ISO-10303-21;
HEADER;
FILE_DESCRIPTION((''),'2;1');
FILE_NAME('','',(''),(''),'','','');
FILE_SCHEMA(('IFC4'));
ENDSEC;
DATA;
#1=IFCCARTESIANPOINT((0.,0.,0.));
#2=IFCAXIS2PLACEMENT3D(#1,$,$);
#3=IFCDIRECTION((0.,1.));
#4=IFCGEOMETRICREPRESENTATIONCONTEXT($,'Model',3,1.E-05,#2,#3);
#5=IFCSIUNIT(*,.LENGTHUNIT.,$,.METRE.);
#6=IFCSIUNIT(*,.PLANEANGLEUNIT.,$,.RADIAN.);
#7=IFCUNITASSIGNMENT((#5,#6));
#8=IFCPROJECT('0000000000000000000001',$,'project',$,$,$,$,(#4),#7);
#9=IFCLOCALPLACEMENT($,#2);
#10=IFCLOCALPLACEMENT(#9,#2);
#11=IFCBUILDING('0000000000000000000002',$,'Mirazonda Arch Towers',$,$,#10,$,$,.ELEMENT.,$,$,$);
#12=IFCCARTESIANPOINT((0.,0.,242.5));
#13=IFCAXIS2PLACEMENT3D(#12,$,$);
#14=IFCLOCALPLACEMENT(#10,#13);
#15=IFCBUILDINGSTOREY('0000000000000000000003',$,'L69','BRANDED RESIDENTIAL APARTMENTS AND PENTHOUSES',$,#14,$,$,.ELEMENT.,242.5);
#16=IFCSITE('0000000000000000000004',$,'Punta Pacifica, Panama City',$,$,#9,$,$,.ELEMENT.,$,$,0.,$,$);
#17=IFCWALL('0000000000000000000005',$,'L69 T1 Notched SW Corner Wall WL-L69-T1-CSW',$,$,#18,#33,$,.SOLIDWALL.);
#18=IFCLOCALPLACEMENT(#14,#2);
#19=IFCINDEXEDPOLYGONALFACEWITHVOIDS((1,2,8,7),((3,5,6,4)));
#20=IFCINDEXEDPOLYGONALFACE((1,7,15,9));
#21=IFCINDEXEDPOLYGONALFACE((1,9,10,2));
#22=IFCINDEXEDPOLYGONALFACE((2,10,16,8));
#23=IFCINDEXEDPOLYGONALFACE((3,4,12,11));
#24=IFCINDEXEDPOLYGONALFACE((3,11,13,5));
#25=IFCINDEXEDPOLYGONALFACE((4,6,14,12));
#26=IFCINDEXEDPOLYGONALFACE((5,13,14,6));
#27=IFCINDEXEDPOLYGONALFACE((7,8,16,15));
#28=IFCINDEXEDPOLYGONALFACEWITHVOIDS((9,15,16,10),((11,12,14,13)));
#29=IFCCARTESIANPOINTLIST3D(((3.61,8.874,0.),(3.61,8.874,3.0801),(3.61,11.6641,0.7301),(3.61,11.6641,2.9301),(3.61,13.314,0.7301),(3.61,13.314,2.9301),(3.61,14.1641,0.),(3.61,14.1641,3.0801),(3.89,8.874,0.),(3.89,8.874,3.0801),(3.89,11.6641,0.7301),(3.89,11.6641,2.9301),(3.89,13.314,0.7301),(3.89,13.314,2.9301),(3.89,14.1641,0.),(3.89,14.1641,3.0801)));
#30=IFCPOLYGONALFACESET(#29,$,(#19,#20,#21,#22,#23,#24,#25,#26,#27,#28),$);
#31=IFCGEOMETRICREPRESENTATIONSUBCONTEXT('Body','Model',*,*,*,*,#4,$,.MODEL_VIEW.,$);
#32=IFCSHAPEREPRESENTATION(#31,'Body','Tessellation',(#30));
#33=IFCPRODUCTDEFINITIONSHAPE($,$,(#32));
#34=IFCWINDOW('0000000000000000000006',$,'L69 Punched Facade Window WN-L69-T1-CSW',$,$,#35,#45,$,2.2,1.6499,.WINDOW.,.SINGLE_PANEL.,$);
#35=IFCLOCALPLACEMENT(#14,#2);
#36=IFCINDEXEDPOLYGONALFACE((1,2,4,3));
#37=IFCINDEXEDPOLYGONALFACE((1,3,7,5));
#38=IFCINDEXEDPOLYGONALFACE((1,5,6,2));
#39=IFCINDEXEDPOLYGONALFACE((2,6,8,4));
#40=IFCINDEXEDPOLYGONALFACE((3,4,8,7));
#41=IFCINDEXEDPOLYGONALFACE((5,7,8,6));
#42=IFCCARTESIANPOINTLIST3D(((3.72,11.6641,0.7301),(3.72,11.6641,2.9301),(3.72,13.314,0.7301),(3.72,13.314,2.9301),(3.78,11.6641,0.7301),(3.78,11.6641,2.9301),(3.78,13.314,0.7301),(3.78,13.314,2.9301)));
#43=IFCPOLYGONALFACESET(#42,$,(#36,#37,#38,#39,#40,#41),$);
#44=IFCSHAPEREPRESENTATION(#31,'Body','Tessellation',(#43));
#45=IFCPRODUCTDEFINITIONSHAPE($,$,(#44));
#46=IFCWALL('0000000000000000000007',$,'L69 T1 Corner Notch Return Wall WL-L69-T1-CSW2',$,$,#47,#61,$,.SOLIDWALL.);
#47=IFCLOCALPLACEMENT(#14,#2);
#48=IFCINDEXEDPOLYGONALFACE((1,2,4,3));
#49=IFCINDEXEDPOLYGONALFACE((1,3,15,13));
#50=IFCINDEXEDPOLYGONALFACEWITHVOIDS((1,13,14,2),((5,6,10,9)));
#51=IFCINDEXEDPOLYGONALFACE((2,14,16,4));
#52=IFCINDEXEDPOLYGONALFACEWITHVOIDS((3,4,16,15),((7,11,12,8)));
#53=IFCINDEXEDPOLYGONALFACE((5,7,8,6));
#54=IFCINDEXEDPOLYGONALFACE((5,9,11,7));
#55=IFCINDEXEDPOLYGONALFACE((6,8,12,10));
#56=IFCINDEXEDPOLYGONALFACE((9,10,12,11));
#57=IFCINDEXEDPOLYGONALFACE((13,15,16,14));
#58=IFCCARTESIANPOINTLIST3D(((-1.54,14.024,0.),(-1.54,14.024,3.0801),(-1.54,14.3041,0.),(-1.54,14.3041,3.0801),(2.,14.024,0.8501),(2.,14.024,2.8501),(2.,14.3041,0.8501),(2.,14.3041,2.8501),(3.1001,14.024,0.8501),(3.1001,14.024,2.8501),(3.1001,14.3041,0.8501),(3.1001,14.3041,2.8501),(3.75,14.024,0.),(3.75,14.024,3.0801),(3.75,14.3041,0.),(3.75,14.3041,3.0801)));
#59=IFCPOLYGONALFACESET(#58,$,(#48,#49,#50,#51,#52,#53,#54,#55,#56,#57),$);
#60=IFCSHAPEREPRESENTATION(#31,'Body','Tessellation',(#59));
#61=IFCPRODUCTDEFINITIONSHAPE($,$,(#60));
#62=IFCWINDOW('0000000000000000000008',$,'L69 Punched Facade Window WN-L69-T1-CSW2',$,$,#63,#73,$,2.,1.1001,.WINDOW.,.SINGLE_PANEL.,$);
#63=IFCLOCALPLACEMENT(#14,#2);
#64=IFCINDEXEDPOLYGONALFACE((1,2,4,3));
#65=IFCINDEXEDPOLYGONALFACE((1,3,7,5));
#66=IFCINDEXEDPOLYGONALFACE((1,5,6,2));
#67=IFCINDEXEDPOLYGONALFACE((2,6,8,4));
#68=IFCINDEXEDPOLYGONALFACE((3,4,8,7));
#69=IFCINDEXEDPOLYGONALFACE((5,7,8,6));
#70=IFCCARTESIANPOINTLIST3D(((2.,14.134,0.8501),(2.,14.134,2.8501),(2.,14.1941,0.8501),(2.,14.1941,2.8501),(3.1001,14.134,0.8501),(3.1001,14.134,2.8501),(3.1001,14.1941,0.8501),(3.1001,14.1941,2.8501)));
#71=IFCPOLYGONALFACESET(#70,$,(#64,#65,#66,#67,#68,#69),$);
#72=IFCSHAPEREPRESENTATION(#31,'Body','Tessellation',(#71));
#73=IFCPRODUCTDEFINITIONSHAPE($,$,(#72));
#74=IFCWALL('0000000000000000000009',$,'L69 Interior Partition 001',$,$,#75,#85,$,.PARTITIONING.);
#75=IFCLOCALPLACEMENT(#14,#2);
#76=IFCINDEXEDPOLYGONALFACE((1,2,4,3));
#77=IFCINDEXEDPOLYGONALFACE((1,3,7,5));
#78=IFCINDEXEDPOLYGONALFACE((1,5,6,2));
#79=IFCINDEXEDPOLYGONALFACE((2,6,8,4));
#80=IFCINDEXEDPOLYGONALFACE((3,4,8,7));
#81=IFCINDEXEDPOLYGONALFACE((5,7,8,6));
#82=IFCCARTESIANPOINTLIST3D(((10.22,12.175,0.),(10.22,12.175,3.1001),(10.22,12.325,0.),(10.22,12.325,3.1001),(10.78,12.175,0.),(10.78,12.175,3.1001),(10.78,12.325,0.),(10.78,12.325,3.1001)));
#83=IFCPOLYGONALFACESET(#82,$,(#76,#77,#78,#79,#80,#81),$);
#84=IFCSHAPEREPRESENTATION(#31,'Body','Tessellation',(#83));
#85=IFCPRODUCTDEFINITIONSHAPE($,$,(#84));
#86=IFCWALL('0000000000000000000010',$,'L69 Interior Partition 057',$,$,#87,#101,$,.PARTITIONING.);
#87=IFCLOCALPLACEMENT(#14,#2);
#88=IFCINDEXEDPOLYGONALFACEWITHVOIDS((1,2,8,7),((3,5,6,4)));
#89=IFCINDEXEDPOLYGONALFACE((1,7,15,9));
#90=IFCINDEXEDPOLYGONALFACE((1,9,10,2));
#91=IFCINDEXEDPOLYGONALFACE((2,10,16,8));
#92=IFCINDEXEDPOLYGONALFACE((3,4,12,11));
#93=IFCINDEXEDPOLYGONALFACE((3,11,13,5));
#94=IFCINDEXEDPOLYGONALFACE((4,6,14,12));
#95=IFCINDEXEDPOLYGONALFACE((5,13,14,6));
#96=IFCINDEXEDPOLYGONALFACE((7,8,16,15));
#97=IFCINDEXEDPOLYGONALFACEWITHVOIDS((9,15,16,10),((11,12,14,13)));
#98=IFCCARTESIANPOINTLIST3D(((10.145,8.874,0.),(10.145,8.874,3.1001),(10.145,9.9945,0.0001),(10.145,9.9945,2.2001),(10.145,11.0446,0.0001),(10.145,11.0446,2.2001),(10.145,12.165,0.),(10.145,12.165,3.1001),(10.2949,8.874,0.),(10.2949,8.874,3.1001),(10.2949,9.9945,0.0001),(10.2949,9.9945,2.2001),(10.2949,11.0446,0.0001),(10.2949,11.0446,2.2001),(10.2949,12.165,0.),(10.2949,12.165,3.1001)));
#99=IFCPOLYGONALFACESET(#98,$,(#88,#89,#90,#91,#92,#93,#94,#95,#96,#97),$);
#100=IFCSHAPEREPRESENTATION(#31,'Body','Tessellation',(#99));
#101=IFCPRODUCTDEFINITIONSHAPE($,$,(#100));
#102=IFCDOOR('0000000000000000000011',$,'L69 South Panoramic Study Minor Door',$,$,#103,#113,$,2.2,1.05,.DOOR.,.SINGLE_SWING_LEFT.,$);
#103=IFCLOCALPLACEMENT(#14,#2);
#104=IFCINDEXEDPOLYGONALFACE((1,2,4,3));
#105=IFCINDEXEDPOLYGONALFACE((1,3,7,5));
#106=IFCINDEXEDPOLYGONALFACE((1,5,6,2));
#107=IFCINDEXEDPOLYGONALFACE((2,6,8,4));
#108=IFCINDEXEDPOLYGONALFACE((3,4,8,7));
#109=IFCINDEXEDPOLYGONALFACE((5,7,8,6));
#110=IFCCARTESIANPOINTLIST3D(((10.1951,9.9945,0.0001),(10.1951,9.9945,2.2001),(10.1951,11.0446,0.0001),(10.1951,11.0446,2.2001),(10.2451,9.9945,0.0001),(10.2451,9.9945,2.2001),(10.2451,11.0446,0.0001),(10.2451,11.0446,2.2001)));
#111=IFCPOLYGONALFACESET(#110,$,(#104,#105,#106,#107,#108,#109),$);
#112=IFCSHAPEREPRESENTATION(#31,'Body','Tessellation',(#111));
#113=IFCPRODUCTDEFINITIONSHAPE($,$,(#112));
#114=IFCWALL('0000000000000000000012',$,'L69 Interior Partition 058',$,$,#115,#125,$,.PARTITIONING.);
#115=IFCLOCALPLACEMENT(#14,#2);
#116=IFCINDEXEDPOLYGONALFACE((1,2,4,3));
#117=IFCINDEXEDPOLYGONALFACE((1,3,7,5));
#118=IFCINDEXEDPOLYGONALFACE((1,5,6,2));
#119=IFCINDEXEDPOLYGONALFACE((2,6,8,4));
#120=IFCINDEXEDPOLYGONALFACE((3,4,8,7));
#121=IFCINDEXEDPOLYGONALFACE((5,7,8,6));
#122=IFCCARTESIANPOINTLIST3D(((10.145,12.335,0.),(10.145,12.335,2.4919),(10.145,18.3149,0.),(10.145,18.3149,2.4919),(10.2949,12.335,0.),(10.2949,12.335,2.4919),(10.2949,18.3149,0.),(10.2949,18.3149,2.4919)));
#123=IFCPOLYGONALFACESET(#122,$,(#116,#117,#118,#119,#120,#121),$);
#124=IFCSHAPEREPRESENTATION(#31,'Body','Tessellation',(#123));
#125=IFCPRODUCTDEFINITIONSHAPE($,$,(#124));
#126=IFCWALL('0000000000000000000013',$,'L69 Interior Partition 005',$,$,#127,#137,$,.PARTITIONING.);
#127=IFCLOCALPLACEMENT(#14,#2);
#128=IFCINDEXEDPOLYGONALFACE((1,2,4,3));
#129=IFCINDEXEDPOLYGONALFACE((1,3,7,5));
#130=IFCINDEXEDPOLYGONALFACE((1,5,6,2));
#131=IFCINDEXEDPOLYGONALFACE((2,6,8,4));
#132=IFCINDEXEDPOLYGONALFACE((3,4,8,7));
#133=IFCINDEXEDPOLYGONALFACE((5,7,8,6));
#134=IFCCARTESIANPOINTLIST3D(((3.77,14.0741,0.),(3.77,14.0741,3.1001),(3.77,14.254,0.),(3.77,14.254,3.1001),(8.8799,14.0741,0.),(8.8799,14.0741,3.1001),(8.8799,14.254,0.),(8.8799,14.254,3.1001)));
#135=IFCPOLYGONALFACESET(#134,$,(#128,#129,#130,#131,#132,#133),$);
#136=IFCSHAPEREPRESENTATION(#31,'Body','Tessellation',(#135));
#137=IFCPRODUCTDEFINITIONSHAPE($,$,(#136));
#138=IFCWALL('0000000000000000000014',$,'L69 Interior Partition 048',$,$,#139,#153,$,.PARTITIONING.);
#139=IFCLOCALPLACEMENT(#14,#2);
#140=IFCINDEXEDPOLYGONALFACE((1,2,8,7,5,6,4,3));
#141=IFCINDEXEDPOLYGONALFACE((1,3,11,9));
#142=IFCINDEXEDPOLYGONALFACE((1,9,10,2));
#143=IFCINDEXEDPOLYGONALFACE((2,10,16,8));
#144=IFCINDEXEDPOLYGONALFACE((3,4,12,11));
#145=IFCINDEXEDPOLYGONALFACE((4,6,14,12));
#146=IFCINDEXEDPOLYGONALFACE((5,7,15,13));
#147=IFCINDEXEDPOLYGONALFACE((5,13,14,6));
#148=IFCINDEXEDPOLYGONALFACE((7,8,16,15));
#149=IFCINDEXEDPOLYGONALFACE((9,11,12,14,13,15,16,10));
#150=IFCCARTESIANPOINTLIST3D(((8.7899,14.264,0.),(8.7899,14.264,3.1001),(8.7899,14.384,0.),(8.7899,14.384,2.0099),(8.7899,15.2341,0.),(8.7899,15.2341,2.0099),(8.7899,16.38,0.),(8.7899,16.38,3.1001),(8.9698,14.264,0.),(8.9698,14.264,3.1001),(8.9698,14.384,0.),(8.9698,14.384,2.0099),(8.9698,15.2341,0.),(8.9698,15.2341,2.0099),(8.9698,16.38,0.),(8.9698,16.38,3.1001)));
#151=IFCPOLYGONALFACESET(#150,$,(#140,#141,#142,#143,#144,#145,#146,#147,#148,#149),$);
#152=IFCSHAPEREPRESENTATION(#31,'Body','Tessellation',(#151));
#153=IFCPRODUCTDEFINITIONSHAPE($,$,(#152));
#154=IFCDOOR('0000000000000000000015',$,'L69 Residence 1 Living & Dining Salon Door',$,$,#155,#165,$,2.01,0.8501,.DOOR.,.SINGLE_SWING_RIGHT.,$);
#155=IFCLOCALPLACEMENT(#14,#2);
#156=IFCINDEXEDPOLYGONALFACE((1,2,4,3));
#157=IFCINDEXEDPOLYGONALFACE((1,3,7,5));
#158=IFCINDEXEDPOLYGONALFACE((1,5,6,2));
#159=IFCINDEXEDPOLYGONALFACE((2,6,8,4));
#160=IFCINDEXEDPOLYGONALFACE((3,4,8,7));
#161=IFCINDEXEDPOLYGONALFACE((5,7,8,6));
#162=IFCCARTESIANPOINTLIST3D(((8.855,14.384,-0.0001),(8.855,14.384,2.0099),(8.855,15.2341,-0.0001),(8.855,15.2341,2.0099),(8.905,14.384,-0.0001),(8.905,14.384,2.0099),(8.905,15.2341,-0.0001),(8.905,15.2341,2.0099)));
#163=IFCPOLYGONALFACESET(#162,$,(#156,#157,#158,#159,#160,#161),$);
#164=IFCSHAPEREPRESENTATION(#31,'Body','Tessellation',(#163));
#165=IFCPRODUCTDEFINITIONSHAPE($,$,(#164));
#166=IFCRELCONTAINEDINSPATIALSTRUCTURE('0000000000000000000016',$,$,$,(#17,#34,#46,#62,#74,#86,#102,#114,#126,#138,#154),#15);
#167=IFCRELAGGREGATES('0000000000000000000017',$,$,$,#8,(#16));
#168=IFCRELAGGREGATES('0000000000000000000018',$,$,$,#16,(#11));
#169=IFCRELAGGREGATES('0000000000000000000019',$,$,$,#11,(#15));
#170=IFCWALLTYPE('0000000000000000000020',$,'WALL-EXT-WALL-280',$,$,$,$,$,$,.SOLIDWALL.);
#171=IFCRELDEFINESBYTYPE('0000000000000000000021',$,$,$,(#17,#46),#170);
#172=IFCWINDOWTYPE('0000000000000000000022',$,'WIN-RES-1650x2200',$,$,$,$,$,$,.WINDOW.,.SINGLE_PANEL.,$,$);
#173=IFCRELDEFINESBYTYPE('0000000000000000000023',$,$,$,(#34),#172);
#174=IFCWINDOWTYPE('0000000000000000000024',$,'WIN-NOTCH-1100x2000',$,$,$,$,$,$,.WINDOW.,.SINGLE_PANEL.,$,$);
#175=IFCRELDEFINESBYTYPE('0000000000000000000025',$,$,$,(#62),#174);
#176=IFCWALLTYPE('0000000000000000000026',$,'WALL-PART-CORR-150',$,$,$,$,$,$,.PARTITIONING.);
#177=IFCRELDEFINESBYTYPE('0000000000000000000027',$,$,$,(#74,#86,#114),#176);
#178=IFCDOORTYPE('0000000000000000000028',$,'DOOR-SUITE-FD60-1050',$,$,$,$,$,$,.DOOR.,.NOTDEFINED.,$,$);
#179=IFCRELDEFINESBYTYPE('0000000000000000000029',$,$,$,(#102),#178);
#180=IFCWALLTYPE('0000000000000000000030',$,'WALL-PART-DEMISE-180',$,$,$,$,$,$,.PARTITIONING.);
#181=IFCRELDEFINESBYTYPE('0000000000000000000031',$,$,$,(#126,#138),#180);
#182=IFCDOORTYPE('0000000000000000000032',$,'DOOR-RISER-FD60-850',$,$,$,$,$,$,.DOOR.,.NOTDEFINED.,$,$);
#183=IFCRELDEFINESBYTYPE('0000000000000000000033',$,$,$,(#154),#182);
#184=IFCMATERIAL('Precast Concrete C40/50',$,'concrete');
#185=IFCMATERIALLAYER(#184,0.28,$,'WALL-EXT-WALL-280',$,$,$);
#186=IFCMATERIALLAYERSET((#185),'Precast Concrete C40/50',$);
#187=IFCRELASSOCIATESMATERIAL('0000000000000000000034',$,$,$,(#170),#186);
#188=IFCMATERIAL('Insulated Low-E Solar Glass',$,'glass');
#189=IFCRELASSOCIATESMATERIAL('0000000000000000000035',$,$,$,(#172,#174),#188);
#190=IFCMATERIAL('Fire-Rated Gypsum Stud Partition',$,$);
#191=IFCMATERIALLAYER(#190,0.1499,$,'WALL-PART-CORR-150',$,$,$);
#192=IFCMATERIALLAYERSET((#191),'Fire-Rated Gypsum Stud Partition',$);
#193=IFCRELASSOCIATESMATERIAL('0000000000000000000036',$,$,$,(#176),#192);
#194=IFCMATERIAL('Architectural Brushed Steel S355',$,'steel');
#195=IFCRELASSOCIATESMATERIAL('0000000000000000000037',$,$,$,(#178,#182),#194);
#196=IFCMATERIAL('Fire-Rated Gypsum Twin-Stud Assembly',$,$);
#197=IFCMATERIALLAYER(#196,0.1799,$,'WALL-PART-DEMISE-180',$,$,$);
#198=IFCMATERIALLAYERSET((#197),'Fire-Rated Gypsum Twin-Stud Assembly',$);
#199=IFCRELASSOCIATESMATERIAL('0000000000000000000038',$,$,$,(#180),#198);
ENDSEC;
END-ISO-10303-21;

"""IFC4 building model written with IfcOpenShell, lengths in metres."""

from ifc_helpers import new_model, si_unit, direction, frame, frame_2d, origin, place, context, subcontext, project, spatial, rectangle, extrude, material, layer, layer_set, type_object, element, fill, save


model = new_model("IFC4")

# Units and contexts
model_context = context("Model", 3, precision=1e-05, world=origin(), true_north=direction((0.0, 1.0)))
body_context = subcontext(model_context, "Body", "Model", "MODEL_VIEW")
ifc_project = project(units=[si_unit("LENGTHUNIT", "METRE"), si_unit("PLANEANGLEUNIT", "RADIAN")], contexts=[model_context])

# Site, building, storey
site_placement = place(None, origin())
site = spatial("IfcSite", under=ifc_project, at=site_placement, Name="Punta Pacifica, Panama City", CompositionType="ELEMENT", RefElevation=0.0)
building_placement = place(site_placement, origin())
building = spatial("IfcBuilding", under=site, at=building_placement, Name="Mirazonda Arch Towers", CompositionType="ELEMENT")
storey_placement = place(building_placement, frame((0.0, 0.0, 242.5)))
storey = spatial("IfcBuildingStorey", under=building, at=storey_placement, Name="L69", Description="BRANDED RESIDENTIAL APARTMENTS AND PENTHOUSES", CompositionType="ELEMENT", Elevation=242.5)

# Shared definitions
ifc_material_1 = material(Name="Insulated Low-E Solar Glass", Category="glass")

# Walls, openings, windows
ifc_material_2 = material(Name="Precast Concrete C40/50", Category="concrete")
ifc_layer_1 = layer(ifc_material_2, 0.28, Name="WALL-EXT-WALL-280")
ifc_layer_set_1 = layer_set([ifc_layer_1], Name="Precast Concrete C40/50")
wall_type_1 = type_object("IfcWallType", Name="WALL-EXT-WALL-280", PredefinedType="SOLIDWALL", material=ifc_layer_set_1)
wall_1_placement = place(storey_placement, frame((3.75, 14.1641, 0.0), z_axis=(0.0, 0.0, 1.0), x_axis=(0.0, -1.0, 0.0)))
wall_1 = element("IfcWall", 1, at=wall_1_placement, inside=storey, type_object=wall_type_1, Name="L69 T1 Notched SW Corner Wall WL-L69-T1-CSW", PredefinedType="SOLIDWALL", context=body_context, shape_type="SweptSolid", body=[
    extrude(rectangle(XDim=5.29, YDim=0.28, at=frame_2d((2.645, 0.0))), origin(), (0.0, 0.0, 1.0), 3.0801),
])
opening_1_placement = place(wall_1_placement, frame((0.8501, 0.0, 0.73)))
opening_1 = element("IfcOpeningElement", 2, at=opening_1_placement, cuts=wall_1, PredefinedType="OPENING", context=body_context, shape_type="SweptSolid", body=[
    extrude(rectangle(XDim=1.6499, YDim=2.2, at=frame_2d((0.825, 1.1001))), frame((0.0, 0.1499, 0.0), z_axis=(0.0, -1.0, 0.0), x_axis=(1.0, 0.0, 0.0)), (0.0, 0.0, 1.0), 0.3),
])
window_type_1 = type_object("IfcWindowType", Name="WIN-RES-1650x2200", PartitioningType="SINGLE_PANEL", PredefinedType="WINDOW", material=ifc_material_1)
window_1_placement = place(opening_1_placement, origin())
window_1 = element("IfcWindow", 3, at=window_1_placement, inside=storey, type_object=window_type_1, Name="L69 Punched Facade Window WN-L69-T1-CSW", OverallHeight=2.2, OverallWidth=1.6499, PartitioningType="SINGLE_PANEL", PredefinedType="WINDOW", context=body_context, shape_type="SweptSolid", body=[
    extrude(rectangle(XDim=1.6499, YDim=2.2, at=frame_2d((0.825, 1.1001))), frame((0.0, 0.03, 0.0), z_axis=(0.0, -1.0, 0.0), x_axis=(1.0, 0.0, 0.0)), (0.0, 0.0, 1.0), 0.0601),
])
fill(opening_1, window_1)
wall_2_placement = place(storey_placement, frame((-1.54, 14.1641, 0.0), z_axis=(0.0, 0.0, 1.0), x_axis=(1.0, 0.0, 0.0)))
wall_2 = element("IfcWall", 4, at=wall_2_placement, inside=storey, type_object=wall_type_1, Name="L69 T1 Corner Notch Return Wall WL-L69-T1-CSW2", PredefinedType="SOLIDWALL", context=body_context, shape_type="SweptSolid", body=[
    extrude(rectangle(XDim=5.29, YDim=0.28, at=frame_2d((2.645, 0.0))), origin(), (0.0, 0.0, 1.0), 3.0801),
])
opening_2_placement = place(wall_2_placement, frame((3.54, 0.0, 0.8501)))
opening_2 = element("IfcOpeningElement", 5, at=opening_2_placement, cuts=wall_2, PredefinedType="OPENING", context=body_context, shape_type="SweptSolid", body=[
    extrude(rectangle(XDim=1.1001, YDim=2.0, at=frame_2d((0.55, 1.0))), frame((0.0, 0.1499, 0.0), z_axis=(0.0, -1.0, 0.0), x_axis=(1.0, 0.0, 0.0)), (0.0, 0.0, 1.0), 0.3),
])
window_type_2 = type_object("IfcWindowType", Name="WIN-NOTCH-1100x2000", PartitioningType="SINGLE_PANEL", PredefinedType="WINDOW", material=ifc_material_1)
window_2_placement = place(opening_2_placement, origin())
window_2 = element("IfcWindow", 6, at=window_2_placement, inside=storey, type_object=window_type_2, Name="L69 Punched Facade Window WN-L69-T1-CSW2", OverallHeight=2.0, OverallWidth=1.1001, PartitioningType="SINGLE_PANEL", PredefinedType="WINDOW", context=body_context, shape_type="SweptSolid", body=[
    extrude(rectangle(XDim=1.1001, YDim=2.0, at=frame_2d((0.55, 1.0))), frame((0.0, 0.03, 0.0), z_axis=(0.0, -1.0, 0.0), x_axis=(1.0, 0.0, 0.0)), (0.0, 0.0, 1.0), 0.0601),
])
fill(opening_2, window_2)

# Wall
ifc_material_3 = material(Name="Fire-Rated Gypsum Stud Partition")
ifc_layer_2 = layer(ifc_material_3, 0.1499, Name="WALL-PART-CORR-150")
ifc_layer_set_2 = layer_set([ifc_layer_2], Name="Fire-Rated Gypsum Stud Partition")
wall_type_2 = type_object("IfcWallType", Name="WALL-PART-CORR-150", PredefinedType="PARTITIONING", material=ifc_layer_set_2)
wall_3_placement = place(storey_placement, frame((10.22, 12.25, 0.0), z_axis=(0.0, 0.0, 1.0), x_axis=(1.0, 0.0, 0.0)))
element("IfcWall", 7, at=wall_3_placement, inside=storey, type_object=wall_type_2, Name="L69 Interior Partition 001", PredefinedType="PARTITIONING", context=body_context, shape_type="SweptSolid", body=[
    extrude(rectangle(XDim=0.5601, YDim=0.1499, at=frame_2d((0.28, 0.0))), origin(), (0.0, 0.0, 1.0), 3.1001),
])

# Wall, opening, door
wall_4_placement = place(storey_placement, frame((10.22, 8.874, 0.0), z_axis=(0.0, 0.0, 1.0), x_axis=(0.0, 1.0, 0.0)))
wall_4 = element("IfcWall", 8, at=wall_4_placement, inside=storey, type_object=wall_type_2, Name="L69 Interior Partition 057", PredefinedType="PARTITIONING", context=body_context, shape_type="SweptSolid", body=[
    extrude(rectangle(XDim=3.291, YDim=0.1499, at=frame_2d((1.6455, 0.0))), origin(), (0.0, 0.0, 1.0), 3.1001),
])
opening_3_placement = place(wall_4_placement, frame((1.1206, 0.0, 0.0)))
opening_3 = element("IfcOpeningElement", 9, at=opening_3_placement, cuts=wall_4, PredefinedType="OPENING", context=body_context, shape_type="SweptSolid", body=[
    extrude(rectangle(XDim=1.05, YDim=2.2, at=frame_2d((0.5249, 1.1001))), frame((0.0, 0.085, 0.0), z_axis=(0.0, -1.0, 0.0), x_axis=(1.0, 0.0, 0.0)), (0.0, 0.0, 1.0), 0.1699),
])
ifc_material_4 = material(Name="Architectural Brushed Steel S355", Category="steel")
door_type_1 = type_object("IfcDoorType", Name="DOOR-SUITE-FD60-1050", OperationType="NOTDEFINED", PredefinedType="DOOR", material=ifc_material_4)
door_1_placement = place(opening_3_placement, origin())
door_1 = element("IfcDoor", 10, at=door_1_placement, inside=storey, type_object=door_type_1, Name="L69 South Panoramic Study Minor Door", OperationType="SINGLE_SWING_LEFT", OverallHeight=2.2, OverallWidth=1.05, PredefinedType="DOOR", context=body_context, shape_type="SweptSolid", body=[
    extrude(rectangle(XDim=1.05, YDim=2.2, at=frame_2d((0.5249, 1.1001))), frame((0.0, 0.0249, 0.0), z_axis=(0.0, -1.0, 0.0), x_axis=(1.0, 0.0, 0.0)), (0.0, 0.0, 1.0), 0.05),
])
fill(opening_3, door_1)

# Walls
wall_5_placement = place(storey_placement, frame((10.22, 12.335, 0.0), z_axis=(0.0, 0.0, 1.0), x_axis=(0.0, 1.0, 0.0)))
element("IfcWall", 11, at=wall_5_placement, inside=storey, type_object=wall_type_2, Name="L69 Interior Partition 058", PredefinedType="PARTITIONING", context=body_context, shape_type="SweptSolid", body=[
    extrude(rectangle(XDim=5.98, YDim=0.1499, at=frame_2d((2.99, 0.0))), origin(), (0.0, 0.0, 1.0), 2.4919),
])
ifc_material_5 = material(Name="Fire-Rated Gypsum Twin-Stud Assembly")
ifc_layer_3 = layer(ifc_material_5, 0.1799, Name="WALL-PART-DEMISE-180")
ifc_layer_set_3 = layer_set([ifc_layer_3], Name="Fire-Rated Gypsum Twin-Stud Assembly")
wall_type_3 = type_object("IfcWallType", Name="WALL-PART-DEMISE-180", PredefinedType="PARTITIONING", material=ifc_layer_set_3)
wall_6_placement = place(storey_placement, frame((3.77, 14.1641, 0.0), z_axis=(0.0, 0.0, 1.0), x_axis=(1.0, 0.0, 0.0)))
element("IfcWall", 12, at=wall_6_placement, inside=storey, type_object=wall_type_3, Name="L69 Interior Partition 005", PredefinedType="PARTITIONING", context=body_context, shape_type="SweptSolid", body=[
    extrude(rectangle(XDim=5.1099, YDim=0.1799, at=frame_2d((2.5549, 0.0))), origin(), (0.0, 0.0, 1.0), 3.1001),
])

# Wall, opening, door
wall_7_placement = place(storey_placement, frame((8.8799, 14.2639, 0.0), z_axis=(0.0, 0.0, 1.0), x_axis=(0.0, 1.0, 0.0)))
wall_7 = element("IfcWall", 13, at=wall_7_placement, inside=storey, type_object=wall_type_3, Name="L69 Interior Partition 048", PredefinedType="PARTITIONING", context=body_context, shape_type="SweptSolid", body=[
    extrude(rectangle(XDim=2.116, YDim=0.1799, at=frame_2d((1.0581, 0.0))), origin(), (0.0, 0.0, 1.0), 3.1001),
])
opening_4_placement = place(wall_7_placement, frame((0.1201, 0.0, 0.0)))
opening_4 = element("IfcOpeningElement", 14, at=opening_4_placement, cuts=wall_7, PredefinedType="OPENING", context=body_context, shape_type="SweptSolid", body=[
    extrude(rectangle(XDim=0.8501, YDim=2.01, at=frame_2d((0.425, 1.0049))), frame((0.0, 0.0999, 0.0), z_axis=(0.0, -1.0, 0.0), x_axis=(1.0, 0.0, 0.0)), (0.0, 0.0, 1.0), 0.2),
])
door_type_2 = type_object("IfcDoorType", Name="DOOR-RISER-FD60-850", OperationType="NOTDEFINED", PredefinedType="DOOR", material=ifc_material_4)
door_2_placement = place(opening_4_placement, origin())
door_2 = element("IfcDoor", 15, at=door_2_placement, inside=storey, type_object=door_type_2, Name="L69 Residence 1 Living & Dining Salon Door", OperationType="SINGLE_SWING_RIGHT", OverallHeight=2.01, OverallWidth=0.8501, PredefinedType="DOOR", context=body_context, shape_type="SweptSolid", body=[
    extrude(rectangle(XDim=0.8501, YDim=2.01, at=frame_2d((0.425, 1.0049))), frame((0.0, 0.0249, 0.0), z_axis=(0.0, -1.0, 0.0), x_axis=(1.0, 0.0, 0.0)), (0.0, 0.0, 1.0), 0.05),
])
fill(opening_4, door_2)

save(model, "model.ifc")
